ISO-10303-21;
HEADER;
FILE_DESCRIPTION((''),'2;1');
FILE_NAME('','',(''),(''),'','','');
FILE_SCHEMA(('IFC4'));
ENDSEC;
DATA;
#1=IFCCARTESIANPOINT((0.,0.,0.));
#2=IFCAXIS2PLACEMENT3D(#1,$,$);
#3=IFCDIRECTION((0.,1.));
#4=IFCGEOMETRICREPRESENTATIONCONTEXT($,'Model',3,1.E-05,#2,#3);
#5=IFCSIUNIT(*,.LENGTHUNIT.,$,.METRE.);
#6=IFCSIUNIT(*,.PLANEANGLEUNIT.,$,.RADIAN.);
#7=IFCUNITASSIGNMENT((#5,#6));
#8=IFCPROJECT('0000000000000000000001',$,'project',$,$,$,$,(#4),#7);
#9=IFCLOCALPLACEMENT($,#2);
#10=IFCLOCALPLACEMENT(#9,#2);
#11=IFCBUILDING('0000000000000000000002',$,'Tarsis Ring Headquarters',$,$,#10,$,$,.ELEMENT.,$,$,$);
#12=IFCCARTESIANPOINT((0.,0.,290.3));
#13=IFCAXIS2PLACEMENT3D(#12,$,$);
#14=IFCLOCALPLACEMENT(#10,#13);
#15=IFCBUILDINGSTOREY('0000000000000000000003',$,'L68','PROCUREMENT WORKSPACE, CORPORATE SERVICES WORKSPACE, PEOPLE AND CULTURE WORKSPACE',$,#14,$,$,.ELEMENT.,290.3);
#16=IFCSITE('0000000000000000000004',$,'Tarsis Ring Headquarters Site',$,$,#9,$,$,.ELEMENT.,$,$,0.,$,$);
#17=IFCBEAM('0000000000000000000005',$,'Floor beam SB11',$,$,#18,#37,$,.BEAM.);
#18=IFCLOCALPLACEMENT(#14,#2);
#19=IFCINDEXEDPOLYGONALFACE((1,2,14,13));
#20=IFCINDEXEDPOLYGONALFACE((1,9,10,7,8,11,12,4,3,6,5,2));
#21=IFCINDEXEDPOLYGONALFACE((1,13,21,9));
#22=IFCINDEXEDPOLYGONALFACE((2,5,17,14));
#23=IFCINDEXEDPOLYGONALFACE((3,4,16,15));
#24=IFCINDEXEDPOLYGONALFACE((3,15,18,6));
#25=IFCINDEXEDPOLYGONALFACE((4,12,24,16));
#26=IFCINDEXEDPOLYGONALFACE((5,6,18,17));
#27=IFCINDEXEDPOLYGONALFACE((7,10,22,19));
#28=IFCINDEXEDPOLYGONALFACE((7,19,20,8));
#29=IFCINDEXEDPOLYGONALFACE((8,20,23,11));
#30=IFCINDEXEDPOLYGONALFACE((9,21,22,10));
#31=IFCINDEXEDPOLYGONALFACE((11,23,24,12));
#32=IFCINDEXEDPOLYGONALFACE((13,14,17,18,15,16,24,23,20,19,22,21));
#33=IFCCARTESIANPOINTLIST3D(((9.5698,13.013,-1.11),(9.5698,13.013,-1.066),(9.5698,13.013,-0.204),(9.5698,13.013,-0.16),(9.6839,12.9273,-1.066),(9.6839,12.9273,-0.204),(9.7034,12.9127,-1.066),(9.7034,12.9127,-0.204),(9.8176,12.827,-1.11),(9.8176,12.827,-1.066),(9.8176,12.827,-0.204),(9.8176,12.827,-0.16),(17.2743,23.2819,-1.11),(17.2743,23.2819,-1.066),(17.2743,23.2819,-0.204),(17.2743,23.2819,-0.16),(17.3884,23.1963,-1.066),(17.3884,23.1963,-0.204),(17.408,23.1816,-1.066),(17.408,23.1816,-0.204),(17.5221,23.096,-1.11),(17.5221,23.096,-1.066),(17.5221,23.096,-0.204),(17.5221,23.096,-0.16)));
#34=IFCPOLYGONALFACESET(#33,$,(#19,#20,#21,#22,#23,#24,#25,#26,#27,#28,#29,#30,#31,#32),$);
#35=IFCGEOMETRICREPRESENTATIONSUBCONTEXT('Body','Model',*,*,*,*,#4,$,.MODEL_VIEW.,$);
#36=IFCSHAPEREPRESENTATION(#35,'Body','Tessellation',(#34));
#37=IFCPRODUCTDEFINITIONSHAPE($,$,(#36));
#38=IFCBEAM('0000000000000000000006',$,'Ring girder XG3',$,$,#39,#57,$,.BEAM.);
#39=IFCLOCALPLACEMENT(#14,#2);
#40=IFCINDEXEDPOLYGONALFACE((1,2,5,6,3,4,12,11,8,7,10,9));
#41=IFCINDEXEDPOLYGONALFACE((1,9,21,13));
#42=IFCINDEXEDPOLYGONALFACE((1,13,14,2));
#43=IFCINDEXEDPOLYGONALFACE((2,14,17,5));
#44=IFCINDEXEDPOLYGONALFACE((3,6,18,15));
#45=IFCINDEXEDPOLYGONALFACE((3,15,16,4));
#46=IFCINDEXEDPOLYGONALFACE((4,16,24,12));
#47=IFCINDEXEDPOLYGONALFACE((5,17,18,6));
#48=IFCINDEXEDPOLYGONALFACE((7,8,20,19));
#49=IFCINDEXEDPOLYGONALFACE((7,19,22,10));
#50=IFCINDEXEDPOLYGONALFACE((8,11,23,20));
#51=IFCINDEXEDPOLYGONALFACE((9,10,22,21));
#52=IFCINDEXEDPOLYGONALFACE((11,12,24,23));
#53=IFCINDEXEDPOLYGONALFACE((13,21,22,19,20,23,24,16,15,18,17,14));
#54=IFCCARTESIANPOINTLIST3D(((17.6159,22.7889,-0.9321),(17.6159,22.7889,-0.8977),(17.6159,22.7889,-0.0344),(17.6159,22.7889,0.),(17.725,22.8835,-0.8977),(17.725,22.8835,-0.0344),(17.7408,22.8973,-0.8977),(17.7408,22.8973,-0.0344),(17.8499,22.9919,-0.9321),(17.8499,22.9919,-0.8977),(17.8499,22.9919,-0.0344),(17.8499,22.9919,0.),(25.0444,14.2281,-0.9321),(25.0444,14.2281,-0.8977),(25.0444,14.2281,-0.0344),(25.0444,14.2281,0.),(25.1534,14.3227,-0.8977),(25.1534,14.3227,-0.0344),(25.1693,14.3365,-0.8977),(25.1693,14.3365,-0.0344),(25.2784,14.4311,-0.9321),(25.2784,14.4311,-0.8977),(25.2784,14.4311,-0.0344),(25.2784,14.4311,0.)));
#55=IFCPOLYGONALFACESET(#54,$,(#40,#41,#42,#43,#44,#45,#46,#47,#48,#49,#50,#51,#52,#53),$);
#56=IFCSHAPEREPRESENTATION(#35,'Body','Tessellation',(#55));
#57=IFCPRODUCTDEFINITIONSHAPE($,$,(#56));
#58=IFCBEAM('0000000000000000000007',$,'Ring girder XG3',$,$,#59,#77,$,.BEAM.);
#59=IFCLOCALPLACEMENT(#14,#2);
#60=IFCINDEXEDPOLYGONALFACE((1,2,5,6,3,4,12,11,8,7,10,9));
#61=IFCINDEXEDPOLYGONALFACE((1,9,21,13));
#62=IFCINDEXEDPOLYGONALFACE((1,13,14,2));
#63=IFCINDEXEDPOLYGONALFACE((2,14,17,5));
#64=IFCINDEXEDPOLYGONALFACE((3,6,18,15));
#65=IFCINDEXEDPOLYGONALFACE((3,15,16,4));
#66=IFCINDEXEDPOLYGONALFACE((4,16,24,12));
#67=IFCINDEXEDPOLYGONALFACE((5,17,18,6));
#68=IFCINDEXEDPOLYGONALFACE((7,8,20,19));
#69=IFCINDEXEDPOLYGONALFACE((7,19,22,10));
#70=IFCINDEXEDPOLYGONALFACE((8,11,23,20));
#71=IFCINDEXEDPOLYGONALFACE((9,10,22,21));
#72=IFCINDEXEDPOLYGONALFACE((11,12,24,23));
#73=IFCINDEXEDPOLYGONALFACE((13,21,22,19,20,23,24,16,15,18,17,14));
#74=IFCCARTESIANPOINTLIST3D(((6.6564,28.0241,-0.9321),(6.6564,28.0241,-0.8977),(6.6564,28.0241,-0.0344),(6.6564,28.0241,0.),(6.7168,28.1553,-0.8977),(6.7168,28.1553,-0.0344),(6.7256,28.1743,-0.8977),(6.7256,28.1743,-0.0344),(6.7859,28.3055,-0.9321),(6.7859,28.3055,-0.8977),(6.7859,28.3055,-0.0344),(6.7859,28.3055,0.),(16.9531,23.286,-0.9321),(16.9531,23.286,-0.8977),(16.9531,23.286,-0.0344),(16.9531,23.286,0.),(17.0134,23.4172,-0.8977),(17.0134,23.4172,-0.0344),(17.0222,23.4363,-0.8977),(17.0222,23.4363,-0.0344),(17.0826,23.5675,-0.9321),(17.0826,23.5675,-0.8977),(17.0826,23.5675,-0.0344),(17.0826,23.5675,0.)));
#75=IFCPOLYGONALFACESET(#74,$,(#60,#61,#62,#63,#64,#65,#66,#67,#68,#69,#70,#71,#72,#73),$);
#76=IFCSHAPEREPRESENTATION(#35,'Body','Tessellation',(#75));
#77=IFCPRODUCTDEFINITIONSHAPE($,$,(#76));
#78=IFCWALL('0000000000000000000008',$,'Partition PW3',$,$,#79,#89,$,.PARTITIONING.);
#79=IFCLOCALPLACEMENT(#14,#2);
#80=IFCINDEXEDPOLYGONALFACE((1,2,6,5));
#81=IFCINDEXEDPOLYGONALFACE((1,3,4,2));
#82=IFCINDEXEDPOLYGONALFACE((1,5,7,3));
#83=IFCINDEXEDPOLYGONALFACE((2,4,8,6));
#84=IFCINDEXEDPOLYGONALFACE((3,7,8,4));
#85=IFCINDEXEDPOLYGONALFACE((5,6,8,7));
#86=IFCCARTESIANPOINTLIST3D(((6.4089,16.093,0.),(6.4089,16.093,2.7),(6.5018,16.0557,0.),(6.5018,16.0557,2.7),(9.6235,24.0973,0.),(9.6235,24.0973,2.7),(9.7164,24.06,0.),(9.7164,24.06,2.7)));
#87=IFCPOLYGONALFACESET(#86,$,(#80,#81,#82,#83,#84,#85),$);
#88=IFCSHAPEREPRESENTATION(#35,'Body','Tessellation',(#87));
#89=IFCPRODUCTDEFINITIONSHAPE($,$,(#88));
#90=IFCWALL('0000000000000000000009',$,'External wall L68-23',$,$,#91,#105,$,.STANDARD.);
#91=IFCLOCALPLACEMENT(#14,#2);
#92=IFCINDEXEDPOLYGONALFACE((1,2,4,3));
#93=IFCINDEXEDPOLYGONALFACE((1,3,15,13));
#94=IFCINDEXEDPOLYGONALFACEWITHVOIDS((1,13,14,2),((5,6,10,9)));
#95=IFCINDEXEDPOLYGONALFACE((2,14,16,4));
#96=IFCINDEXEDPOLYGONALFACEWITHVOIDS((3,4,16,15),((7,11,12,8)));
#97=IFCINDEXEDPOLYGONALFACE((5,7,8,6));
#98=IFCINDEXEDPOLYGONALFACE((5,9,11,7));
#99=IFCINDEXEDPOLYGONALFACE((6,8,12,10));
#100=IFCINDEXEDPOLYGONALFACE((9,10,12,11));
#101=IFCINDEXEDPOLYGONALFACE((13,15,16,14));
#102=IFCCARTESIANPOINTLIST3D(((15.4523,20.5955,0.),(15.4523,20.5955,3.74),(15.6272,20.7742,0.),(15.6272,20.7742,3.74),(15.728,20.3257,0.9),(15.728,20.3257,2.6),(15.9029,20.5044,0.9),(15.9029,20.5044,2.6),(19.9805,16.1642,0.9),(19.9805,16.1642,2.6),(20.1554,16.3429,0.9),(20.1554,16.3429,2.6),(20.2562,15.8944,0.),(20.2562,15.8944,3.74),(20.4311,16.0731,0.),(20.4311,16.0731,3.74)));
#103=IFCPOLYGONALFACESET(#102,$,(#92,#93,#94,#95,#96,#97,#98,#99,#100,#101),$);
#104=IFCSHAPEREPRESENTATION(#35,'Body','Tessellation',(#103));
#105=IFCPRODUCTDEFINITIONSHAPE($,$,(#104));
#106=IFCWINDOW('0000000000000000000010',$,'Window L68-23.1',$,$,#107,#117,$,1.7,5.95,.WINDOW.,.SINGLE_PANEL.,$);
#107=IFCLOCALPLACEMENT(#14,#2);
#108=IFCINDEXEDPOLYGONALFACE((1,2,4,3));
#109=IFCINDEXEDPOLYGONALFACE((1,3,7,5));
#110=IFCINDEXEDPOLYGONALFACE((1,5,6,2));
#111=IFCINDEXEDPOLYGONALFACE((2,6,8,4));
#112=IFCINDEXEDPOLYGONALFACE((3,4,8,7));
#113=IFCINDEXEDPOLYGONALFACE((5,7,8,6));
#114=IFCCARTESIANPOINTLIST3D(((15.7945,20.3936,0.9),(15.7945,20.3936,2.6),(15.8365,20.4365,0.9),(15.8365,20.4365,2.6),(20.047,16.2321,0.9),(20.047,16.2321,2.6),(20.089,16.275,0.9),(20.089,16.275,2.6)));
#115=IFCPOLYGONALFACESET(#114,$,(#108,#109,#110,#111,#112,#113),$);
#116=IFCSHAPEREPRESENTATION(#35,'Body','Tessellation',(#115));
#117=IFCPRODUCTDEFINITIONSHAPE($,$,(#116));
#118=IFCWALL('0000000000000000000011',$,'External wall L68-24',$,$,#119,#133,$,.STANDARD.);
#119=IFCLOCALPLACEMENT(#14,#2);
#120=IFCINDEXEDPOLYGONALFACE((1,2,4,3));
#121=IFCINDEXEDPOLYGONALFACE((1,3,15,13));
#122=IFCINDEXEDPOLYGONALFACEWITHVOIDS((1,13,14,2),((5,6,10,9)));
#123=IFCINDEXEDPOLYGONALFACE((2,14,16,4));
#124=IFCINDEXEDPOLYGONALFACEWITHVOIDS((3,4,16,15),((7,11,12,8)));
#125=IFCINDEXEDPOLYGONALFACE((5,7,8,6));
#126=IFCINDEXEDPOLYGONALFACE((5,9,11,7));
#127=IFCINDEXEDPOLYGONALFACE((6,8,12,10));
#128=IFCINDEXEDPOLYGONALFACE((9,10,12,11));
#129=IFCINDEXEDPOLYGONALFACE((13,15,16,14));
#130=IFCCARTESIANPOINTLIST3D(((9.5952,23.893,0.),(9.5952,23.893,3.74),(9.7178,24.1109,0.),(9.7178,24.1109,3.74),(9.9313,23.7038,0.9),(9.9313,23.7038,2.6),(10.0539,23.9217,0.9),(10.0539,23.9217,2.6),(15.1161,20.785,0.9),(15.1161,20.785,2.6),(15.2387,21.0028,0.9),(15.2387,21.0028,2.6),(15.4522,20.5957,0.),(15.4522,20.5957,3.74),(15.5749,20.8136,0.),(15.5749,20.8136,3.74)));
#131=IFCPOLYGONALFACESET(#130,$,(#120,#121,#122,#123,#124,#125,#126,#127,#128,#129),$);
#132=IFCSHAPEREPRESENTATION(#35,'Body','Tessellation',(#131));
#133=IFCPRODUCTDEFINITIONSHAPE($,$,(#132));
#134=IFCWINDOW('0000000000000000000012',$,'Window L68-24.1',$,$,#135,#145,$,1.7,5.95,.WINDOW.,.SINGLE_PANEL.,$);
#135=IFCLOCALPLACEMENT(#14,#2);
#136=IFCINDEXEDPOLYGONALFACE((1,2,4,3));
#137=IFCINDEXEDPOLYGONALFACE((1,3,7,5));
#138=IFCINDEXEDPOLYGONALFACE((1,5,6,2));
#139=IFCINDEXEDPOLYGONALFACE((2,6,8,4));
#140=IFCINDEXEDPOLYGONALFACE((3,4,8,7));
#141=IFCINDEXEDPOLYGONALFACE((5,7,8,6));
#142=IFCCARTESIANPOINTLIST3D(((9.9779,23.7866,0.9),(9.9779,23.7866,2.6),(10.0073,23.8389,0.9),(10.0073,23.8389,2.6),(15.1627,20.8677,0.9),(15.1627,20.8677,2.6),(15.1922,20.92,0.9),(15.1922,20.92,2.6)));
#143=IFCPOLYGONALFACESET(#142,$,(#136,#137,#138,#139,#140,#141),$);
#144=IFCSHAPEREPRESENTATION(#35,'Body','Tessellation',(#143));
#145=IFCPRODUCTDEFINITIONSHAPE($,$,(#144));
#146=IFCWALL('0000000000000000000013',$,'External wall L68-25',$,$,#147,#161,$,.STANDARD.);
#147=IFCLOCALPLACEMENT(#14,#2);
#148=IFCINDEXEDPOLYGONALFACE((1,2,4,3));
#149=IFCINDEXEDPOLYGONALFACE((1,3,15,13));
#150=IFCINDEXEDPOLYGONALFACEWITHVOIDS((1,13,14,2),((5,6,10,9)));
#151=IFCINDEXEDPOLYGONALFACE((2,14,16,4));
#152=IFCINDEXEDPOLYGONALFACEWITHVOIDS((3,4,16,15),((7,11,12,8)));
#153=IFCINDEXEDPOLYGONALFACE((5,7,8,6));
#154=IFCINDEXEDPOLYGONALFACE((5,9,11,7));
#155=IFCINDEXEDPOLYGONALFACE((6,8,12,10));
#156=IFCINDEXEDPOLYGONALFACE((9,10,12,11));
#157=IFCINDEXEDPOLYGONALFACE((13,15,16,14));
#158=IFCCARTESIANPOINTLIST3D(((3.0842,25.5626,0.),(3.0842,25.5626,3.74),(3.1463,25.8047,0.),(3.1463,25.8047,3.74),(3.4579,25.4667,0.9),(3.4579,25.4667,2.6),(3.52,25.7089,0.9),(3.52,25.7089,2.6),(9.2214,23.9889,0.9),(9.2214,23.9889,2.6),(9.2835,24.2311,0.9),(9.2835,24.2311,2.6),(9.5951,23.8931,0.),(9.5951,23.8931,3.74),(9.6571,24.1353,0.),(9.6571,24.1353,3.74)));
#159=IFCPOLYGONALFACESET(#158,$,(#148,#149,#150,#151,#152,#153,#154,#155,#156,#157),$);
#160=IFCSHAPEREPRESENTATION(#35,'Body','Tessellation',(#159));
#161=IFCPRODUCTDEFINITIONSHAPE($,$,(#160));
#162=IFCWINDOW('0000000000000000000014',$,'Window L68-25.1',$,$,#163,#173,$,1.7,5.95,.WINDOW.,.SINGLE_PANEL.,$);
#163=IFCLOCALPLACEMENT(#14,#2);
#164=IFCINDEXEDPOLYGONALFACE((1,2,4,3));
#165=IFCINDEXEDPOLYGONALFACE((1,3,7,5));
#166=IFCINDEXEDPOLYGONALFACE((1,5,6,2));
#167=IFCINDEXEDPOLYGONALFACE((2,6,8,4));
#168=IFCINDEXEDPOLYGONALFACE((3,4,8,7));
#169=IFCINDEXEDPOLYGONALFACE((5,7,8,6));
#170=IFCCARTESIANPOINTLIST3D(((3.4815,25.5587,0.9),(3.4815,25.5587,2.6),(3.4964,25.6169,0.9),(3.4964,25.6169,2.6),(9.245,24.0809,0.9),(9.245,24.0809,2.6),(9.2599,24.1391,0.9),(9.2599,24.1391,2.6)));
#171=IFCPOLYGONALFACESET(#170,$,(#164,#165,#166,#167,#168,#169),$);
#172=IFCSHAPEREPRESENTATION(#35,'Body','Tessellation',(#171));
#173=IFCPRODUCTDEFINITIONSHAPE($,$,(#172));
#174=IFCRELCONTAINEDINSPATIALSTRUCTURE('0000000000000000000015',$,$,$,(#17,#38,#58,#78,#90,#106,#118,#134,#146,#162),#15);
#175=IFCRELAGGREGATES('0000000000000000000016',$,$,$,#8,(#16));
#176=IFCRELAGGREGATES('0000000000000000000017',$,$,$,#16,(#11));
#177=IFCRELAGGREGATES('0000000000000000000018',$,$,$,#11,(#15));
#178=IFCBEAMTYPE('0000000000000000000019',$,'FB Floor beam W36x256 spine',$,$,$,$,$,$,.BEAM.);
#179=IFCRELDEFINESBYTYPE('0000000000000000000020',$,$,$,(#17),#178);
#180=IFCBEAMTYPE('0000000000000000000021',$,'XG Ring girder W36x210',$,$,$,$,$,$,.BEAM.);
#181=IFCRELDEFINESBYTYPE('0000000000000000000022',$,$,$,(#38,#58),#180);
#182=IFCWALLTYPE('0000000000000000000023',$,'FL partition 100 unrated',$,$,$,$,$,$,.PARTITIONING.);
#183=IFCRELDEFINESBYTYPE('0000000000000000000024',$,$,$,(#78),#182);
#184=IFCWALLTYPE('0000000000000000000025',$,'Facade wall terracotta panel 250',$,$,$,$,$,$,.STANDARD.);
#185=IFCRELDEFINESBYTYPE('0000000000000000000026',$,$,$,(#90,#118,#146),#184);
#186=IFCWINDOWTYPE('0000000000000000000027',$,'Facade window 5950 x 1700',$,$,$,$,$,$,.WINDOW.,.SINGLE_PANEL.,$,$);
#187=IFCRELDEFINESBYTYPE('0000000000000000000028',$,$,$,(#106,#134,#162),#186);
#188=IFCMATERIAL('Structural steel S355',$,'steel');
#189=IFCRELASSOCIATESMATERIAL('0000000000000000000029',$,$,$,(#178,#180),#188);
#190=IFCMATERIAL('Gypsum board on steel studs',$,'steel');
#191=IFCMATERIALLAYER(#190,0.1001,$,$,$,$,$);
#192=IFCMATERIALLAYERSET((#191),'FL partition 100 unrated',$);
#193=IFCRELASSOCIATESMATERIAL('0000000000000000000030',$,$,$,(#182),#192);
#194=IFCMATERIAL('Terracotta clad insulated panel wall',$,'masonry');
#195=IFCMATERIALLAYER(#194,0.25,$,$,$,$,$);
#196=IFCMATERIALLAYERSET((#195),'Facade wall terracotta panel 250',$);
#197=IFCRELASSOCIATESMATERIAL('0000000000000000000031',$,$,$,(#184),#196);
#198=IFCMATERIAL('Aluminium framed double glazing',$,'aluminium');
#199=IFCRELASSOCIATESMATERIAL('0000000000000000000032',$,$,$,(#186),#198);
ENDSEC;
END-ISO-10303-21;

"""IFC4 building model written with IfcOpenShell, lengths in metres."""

from ifc_helpers import new_model, si_unit, direction, frame, frame_2d, origin, origin_2d, place, context, subcontext, project, spatial, rectangle, i_section, extrude, material, layer, layer_set, material_profile, profile_set, type_object, element, fill, save


model = new_model("IFC4")

# Units and contexts
model_context = context("Model", 3, precision=1e-05, world=origin(), true_north=direction((0.0, 1.0)))
body_context = subcontext(model_context, "Body", "Model", "MODEL_VIEW")
ifc_project = project(units=[si_unit("LENGTHUNIT", "METRE"), si_unit("PLANEANGLEUNIT", "RADIAN")], contexts=[model_context])

# Site, building, storey
site_placement = place(None, origin())
site = spatial("IfcSite", under=ifc_project, at=site_placement, Name="Tarsis Ring Headquarters Site", CompositionType="ELEMENT", RefElevation=0.0)
building_placement = place(site_placement, origin())
building = spatial("IfcBuilding", under=site, at=building_placement, Name="Tarsis Ring Headquarters", CompositionType="ELEMENT")
storey_placement = place(building_placement, frame((0.0, 0.0, 290.3)))
storey = spatial("IfcBuildingStorey", under=building, at=storey_placement, Name="L68", Description="PROCUREMENT WORKSPACE, CORPORATE SERVICES WORKSPACE, PEOPLE AND CULTURE WORKSPACE", CompositionType="ELEMENT", Elevation=290.3)

# Shared definitions
ifc_material_1 = material(Name="Structural steel S355", Category="steel")

# Beams
ifc_material_profile_1 = material_profile(ifc_material_1, i_section(OverallWidth=0.3098, OverallDepth=0.95, WebThickness=0.0244, FlangeThickness=0.0439, at=origin_2d()), Name="W36x256")
ifc_profile_set_1 = profile_set([ifc_material_profile_1], Name="Structural steel S355")
beam_type_1 = type_object("IfcBeamType", Name="FB Floor beam W36x256 spine", PredefinedType="BEAM", material=ifc_profile_set_1)
beam_1_placement = place(storey_placement, frame((17.3982, 23.189, -0.635), z_axis=(-0.60014, -0.799895, 0.0), x_axis=(0.799895, -0.60014, 0.0)))
element("IfcBeam", 1, at=beam_1_placement, inside=storey, type_object=beam_type_1, Name="Floor beam SB11", PredefinedType="BEAM", context=body_context, shape_type="SweptSolid", body=[
    extrude(i_section(OverallWidth=0.3098, OverallDepth=0.95, WebThickness=0.0244, FlangeThickness=0.0439, at=origin_2d()), origin(), (0.0, 0.0, 1.0), 12.8379),
])
ifc_material_profile_2 = material_profile(ifc_material_1, i_section(OverallWidth=0.3098, OverallDepth=0.9321, WebThickness=0.021, FlangeThickness=0.0344, at=origin_2d()), Name="W36x210")
ifc_profile_set_2 = profile_set([ifc_material_profile_2], Name="Structural steel S355")
beam_type_2 = type_object("IfcBeamType", Name="XG Ring girder W36x210", PredefinedType="BEAM", material=ifc_profile_set_2)
for number, where, z_axis, x_axis, name in (
    (2, (25.1614, 14.3296, -0.4661), (-0.65539, 0.755291, 0.0), (-0.755291, -0.65539, 0.0), "Ring girder XG3"),
    (3, (17.0178, 23.4268, -0.4661), (-0.908437, 0.418021, 0.0), (-0.418021, -0.908437, 0.0), "Ring girder XG3"),
):
    element("IfcBeam", number, at=place(storey_placement, frame(where, z_axis=z_axis, x_axis=x_axis)), inside=storey, type_object=beam_type_2, Name=name, PredefinedType="BEAM", context=body_context, shape_type="SweptSolid", body=[
        extrude(i_section(OverallWidth=0.3098, OverallDepth=0.9321, WebThickness=0.021, FlangeThickness=0.0344, at=origin_2d()), origin(), (0.0, 0.0, 1.0), 11.3345),
    ])

# Wall
ifc_material_2 = material(Name="Gypsum board on steel studs", Category="steel")
ifc_layer_1 = layer(ifc_material_2, 0.1001)
ifc_layer_set_1 = layer_set([ifc_layer_1], Name="FL partition 100 unrated")
wall_type_1 = type_object("IfcWallType", Name="FL partition 100 unrated", PredefinedType="PARTITIONING", material=ifc_layer_set_1)
wall_1_placement = place(storey_placement, frame((6.4553, 16.0742, 0.0), z_axis=(0.0, 0.0, 1.0), x_axis=(0.372674, 0.927962, 0.0)))
element("IfcWall", 4, at=wall_1_placement, inside=storey, type_object=wall_type_1, Name="Partition PW3", PredefinedType="PARTITIONING", context=body_context, shape_type="SweptSolid", body=[
    extrude(rectangle(XDim=8.6257, YDim=0.1001, at=frame_2d((4.313, 0.0))), origin(), (0.0, 0.0, 1.0), 2.7),
])

# Walls, openings, windows
ifc_material_3 = material(Name="Terracotta clad insulated panel wall", Category="masonry")
ifc_layer_2 = layer(ifc_material_3, 0.25)
ifc_layer_set_2 = layer_set([ifc_layer_2], Name="Facade wall terracotta panel 250")
wall_type_2 = type_object("IfcWallType", Name="Facade wall terracotta panel 250", PredefinedType="STANDARD", material=ifc_layer_set_2)
wall_2_placement = place(storey_placement, frame((20.3438, 15.9836, 0.0), z_axis=(0.0, 0.0, 1.0), x_axis=(-0.714711, 0.69942, 0.0)))
wall_2 = element("IfcWall", 5, at=wall_2_placement, inside=storey, type_object=wall_type_2, Name="External wall L68-23", PredefinedType="STANDARD", context=body_context, shape_type="SweptSolid", body=[
    extrude(rectangle(XDim=6.7214, YDim=0.25, at=frame_2d((3.3608, 0.0))), origin(), (0.0, 0.0, 1.0), 3.74),
])
opening_1_placement = place(wall_2_placement, frame((0.3857, 0.0, 0.8999)))
opening_1 = element("IfcOpeningElement", 6, at=opening_1_placement, cuts=wall_2, PredefinedType="OPENING", context=body_context, shape_type="SweptSolid", body=[
    extrude(rectangle(XDim=5.95, YDim=1.7, at=frame_2d((2.9751, 0.8501))), frame((0.0, 0.135, 0.0), z_axis=(0.0, -1.0, 0.0), x_axis=(1.0, 0.0, 0.0)), (0.0, 0.0, 1.0), 0.27),
])
ifc_material_4 = material(Name="Aluminium framed double glazing", Category="aluminium")
window_type = type_object("IfcWindowType", Name="Facade window 5950 x 1700", PartitioningType="SINGLE_PANEL", PredefinedType="WINDOW", material=ifc_material_4)
window_1_placement = place(opening_1_placement, origin())
window_1 = element("IfcWindow", 7, at=window_1_placement, inside=storey, type_object=window_type, Name="Window L68-23.1", OverallHeight=1.7, OverallWidth=5.95, PartitioningType="SINGLE_PANEL", PredefinedType="WINDOW", context=body_context, shape_type="SweptSolid", body=[
    extrude(rectangle(XDim=5.95, YDim=1.7, at=frame_2d((2.9751, 0.8501))), frame((0.0, 0.03, 0.0), z_axis=(0.0, -1.0, 0.0), x_axis=(1.0, 0.0, 0.0)), (0.0, 0.0, 1.0), 0.0601),
])
fill(opening_1, window_1)
wall_3_placement = place(storey_placement, frame((15.5137, 20.7046, 0.0), z_axis=(0.0, 0.0, 1.0), x_axis=(-0.871404, 0.490566, 0.0)))
wall_3 = element("IfcWall", 8, at=wall_3_placement, inside=storey, type_object=wall_type_2, Name="External wall L68-24", PredefinedType="STANDARD", context=body_context, shape_type="SweptSolid", body=[
    extrude(rectangle(XDim=6.7214, YDim=0.25, at=frame_2d((3.3608, 0.0))), origin(), (0.0, 0.0, 1.0), 3.74),
])
opening_2_placement = place(wall_3_placement, frame((0.3857, 0.0, 0.8999)))
opening_2 = element("IfcOpeningElement", 9, at=opening_2_placement, cuts=wall_3, PredefinedType="OPENING", context=body_context, shape_type="SweptSolid", body=[
    extrude(rectangle(XDim=5.95, YDim=1.7, at=frame_2d((2.9751, 0.8501))), frame((0.0, 0.135, 0.0), z_axis=(0.0, -1.0, 0.0), x_axis=(1.0, 0.0, 0.0)), (0.0, 0.0, 1.0), 0.27),
])
window_2_placement = place(opening_2_placement, origin())
window_2 = element("IfcWindow", 10, at=window_2_placement, inside=storey, type_object=window_type, Name="Window L68-24.1", OverallHeight=1.7, OverallWidth=5.95, PartitioningType="SINGLE_PANEL", PredefinedType="WINDOW", context=body_context, shape_type="SweptSolid", body=[
    extrude(rectangle(XDim=5.95, YDim=1.7, at=frame_2d((2.9751, 0.8501))), frame((0.0, 0.03, 0.0), z_axis=(0.0, -1.0, 0.0), x_axis=(1.0, 0.0, 0.0)), (0.0, 0.0, 1.0), 0.0601),
])
fill(opening_2, window_2)
wall_4_placement = place(storey_placement, frame((9.6262, 24.0142, 0.0), z_axis=(0.0, 0.0, 1.0), x_axis=(-0.968663, 0.248377, 0.0)))
wall_4 = element("IfcWall", 11, at=wall_4_placement, inside=storey, type_object=wall_type_2, Name="External wall L68-25", PredefinedType="STANDARD", context=body_context, shape_type="SweptSolid", body=[
    extrude(rectangle(XDim=6.7214, YDim=0.25, at=frame_2d((3.3608, 0.0))), origin(), (0.0, 0.0, 1.0), 3.74),
])
opening_3_placement = place(wall_4_placement, frame((0.3857, 0.0, 0.8999)))
opening_3 = element("IfcOpeningElement", 12, at=opening_3_placement, cuts=wall_4, PredefinedType="OPENING", context=body_context, shape_type="SweptSolid", body=[
    extrude(rectangle(XDim=5.95, YDim=1.7, at=frame_2d((2.9751, 0.8501))), frame((0.0, 0.135, 0.0), z_axis=(0.0, -1.0, 0.0), x_axis=(1.0, 0.0, 0.0)), (0.0, 0.0, 1.0), 0.27),
])
window_3_placement = place(opening_3_placement, origin())
window_3 = element("IfcWindow", 13, at=window_3_placement, inside=storey, type_object=window_type, Name="Window L68-25.1", OverallHeight=1.7, OverallWidth=5.95, PartitioningType="SINGLE_PANEL", PredefinedType="WINDOW", context=body_context, shape_type="SweptSolid", body=[
    extrude(rectangle(XDim=5.95, YDim=1.7, at=frame_2d((2.9751, 0.8501))), frame((0.0, 0.03, 0.0), z_axis=(0.0, -1.0, 0.0), x_axis=(1.0, 0.0, 0.0)), (0.0, 0.0, 1.0), 0.0601),
])
fill(opening_3, window_3)

save(model, "model.ifc")
